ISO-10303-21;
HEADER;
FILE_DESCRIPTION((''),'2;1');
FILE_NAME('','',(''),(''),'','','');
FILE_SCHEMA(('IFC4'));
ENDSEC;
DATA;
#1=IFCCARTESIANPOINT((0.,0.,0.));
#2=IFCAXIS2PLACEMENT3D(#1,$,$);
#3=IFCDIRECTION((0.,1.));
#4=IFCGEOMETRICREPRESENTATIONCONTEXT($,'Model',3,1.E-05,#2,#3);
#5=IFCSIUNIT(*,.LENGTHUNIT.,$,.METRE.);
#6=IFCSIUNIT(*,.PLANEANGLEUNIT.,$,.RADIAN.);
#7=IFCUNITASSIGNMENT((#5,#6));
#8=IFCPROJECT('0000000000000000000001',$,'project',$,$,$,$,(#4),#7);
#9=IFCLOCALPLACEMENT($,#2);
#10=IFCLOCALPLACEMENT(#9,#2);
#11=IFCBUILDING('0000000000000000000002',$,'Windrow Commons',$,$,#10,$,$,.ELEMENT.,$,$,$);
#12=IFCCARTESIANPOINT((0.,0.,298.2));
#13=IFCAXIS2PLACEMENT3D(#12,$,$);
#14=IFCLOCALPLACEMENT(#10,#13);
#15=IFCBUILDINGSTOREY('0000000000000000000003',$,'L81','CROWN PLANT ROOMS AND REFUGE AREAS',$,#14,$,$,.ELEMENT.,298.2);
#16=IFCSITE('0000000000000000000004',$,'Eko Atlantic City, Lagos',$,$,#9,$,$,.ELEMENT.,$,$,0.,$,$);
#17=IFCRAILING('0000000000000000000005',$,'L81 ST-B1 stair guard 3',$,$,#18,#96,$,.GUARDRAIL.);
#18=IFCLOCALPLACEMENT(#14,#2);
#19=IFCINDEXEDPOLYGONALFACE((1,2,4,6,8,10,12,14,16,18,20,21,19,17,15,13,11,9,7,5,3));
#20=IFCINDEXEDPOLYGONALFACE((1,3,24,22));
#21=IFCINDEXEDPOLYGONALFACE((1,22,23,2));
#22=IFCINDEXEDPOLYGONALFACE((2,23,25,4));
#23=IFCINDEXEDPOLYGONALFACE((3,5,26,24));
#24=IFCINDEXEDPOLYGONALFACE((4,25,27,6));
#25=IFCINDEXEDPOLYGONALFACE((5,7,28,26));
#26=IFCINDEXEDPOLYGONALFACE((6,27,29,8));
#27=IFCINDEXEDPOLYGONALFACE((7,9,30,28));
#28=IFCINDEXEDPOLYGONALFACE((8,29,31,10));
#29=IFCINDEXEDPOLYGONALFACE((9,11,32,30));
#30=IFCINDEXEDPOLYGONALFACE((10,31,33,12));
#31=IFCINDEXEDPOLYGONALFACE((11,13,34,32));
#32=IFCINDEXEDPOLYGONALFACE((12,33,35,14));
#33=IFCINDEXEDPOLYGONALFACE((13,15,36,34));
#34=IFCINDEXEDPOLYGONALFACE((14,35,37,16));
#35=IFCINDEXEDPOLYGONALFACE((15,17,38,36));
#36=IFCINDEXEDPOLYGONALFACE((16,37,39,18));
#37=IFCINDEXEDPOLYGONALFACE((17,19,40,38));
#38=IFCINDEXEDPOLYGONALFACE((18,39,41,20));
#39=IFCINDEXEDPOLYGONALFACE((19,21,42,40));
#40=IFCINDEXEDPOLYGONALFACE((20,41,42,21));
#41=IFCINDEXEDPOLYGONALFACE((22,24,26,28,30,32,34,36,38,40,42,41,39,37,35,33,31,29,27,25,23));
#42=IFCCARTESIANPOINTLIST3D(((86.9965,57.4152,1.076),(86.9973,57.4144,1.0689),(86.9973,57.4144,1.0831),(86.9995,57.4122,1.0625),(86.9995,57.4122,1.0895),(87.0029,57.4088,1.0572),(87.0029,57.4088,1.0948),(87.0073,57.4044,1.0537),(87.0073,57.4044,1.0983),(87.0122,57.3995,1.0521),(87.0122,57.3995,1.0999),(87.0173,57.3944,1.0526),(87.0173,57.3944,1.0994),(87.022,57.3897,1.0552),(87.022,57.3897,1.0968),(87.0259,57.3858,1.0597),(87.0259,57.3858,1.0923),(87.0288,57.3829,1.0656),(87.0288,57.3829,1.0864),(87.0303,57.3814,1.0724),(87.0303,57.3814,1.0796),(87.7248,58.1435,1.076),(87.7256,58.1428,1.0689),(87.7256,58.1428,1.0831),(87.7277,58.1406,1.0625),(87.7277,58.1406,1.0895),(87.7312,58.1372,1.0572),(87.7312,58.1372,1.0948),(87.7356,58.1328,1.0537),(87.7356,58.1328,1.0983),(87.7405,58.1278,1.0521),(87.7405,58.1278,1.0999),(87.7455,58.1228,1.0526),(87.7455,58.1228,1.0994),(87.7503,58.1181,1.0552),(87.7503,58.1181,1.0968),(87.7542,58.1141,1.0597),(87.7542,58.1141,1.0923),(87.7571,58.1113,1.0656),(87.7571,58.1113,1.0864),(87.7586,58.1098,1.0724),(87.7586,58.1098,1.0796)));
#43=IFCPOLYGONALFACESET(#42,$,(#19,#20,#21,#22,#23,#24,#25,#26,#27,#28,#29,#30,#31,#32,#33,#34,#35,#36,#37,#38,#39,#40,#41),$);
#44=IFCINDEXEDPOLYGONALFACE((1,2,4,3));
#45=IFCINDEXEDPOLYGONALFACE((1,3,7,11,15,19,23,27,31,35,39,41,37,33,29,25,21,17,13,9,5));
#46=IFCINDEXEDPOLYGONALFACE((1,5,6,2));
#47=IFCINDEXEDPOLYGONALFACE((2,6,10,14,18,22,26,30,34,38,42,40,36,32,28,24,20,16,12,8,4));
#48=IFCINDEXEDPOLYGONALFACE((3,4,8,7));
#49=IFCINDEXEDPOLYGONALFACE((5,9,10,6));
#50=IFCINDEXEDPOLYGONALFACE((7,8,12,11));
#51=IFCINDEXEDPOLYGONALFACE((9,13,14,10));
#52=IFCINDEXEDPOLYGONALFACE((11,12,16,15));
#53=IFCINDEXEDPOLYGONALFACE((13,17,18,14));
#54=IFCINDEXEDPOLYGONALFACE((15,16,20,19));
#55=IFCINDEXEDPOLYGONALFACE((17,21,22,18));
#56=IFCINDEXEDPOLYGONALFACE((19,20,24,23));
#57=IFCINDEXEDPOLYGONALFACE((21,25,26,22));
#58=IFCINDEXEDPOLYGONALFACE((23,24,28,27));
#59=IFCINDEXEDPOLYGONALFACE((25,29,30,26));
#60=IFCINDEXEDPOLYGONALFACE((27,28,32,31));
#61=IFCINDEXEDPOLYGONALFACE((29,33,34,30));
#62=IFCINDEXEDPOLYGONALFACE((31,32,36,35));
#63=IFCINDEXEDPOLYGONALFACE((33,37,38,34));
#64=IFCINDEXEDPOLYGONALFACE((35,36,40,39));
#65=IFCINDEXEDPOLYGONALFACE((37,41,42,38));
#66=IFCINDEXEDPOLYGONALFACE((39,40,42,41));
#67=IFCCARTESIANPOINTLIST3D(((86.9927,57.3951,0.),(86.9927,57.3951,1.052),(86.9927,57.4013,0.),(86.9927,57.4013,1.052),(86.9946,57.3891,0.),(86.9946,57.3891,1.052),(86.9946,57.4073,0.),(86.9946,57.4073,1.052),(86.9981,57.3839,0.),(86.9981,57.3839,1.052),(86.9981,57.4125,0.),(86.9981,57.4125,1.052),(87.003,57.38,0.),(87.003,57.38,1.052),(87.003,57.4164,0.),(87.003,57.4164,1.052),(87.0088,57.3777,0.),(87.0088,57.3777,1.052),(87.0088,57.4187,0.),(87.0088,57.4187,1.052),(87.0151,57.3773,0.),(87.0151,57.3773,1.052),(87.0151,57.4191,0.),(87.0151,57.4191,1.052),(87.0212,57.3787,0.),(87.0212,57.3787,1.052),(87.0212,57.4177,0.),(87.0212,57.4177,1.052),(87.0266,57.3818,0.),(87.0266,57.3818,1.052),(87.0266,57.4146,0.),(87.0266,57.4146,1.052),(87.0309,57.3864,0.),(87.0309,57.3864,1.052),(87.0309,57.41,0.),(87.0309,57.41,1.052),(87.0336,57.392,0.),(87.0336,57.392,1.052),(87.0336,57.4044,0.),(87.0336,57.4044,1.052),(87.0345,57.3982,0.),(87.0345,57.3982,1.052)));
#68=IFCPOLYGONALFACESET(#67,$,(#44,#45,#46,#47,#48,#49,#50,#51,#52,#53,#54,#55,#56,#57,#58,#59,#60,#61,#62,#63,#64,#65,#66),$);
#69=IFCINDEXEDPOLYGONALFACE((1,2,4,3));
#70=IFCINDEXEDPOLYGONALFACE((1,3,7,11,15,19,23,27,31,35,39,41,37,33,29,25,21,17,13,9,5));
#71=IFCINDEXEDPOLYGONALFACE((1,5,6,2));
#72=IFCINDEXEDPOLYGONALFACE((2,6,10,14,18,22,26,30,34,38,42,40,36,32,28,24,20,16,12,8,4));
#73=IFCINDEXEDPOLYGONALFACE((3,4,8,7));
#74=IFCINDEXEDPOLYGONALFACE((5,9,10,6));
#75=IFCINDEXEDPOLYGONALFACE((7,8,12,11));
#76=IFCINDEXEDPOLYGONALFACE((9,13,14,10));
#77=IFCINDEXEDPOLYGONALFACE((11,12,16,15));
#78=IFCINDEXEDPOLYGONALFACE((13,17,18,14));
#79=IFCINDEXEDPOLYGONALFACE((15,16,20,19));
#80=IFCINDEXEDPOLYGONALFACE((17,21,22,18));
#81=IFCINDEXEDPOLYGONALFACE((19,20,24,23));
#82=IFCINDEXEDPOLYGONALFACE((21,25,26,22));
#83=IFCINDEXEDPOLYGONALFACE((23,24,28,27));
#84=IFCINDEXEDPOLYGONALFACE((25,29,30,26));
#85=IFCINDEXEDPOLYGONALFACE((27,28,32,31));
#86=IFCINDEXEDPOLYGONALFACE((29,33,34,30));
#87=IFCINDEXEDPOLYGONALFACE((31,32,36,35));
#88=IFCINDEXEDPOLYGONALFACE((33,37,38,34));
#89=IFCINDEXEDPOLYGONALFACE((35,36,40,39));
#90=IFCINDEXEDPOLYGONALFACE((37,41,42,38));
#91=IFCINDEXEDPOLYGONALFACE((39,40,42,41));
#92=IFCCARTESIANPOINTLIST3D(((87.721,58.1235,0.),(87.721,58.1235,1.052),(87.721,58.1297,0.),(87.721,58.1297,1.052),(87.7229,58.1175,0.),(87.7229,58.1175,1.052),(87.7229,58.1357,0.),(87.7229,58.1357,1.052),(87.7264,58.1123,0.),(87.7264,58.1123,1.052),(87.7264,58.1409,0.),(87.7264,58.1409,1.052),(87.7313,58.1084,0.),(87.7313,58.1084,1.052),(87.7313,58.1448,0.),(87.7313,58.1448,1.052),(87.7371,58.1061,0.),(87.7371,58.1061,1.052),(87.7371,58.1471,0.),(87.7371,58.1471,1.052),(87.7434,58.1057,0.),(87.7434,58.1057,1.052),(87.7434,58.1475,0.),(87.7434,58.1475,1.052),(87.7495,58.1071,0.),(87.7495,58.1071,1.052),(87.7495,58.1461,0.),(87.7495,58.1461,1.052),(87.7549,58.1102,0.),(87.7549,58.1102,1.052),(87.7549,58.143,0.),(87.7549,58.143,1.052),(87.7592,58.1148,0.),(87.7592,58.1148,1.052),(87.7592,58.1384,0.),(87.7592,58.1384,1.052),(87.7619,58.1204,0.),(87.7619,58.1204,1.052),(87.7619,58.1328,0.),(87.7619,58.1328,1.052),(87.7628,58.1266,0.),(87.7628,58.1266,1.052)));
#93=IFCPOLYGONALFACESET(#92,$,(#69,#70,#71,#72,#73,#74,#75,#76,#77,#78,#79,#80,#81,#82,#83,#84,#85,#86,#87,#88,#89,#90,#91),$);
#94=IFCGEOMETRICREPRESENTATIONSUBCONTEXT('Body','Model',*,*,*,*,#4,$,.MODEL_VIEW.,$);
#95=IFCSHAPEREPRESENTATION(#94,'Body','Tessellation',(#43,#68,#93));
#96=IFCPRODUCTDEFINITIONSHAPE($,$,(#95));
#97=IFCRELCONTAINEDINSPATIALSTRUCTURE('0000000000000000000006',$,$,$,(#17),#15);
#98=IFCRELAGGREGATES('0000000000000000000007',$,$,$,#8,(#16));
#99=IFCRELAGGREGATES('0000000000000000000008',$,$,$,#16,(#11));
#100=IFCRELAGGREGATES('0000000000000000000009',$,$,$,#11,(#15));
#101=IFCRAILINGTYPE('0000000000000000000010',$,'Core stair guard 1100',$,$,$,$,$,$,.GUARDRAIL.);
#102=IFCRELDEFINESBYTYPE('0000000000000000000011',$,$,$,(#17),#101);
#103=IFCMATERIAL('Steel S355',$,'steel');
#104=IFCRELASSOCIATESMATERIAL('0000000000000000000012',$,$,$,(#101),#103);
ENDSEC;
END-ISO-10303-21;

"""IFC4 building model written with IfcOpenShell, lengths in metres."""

from ifc_helpers import new_model, si_unit, direction, frame, origin, origin_2d, place, context, subcontext, project, spatial, circle, extrude, material, type_object, element, save


model = new_model("IFC4")

# Units and contexts
model_context = context("Model", 3, precision=1e-05, world=origin(), true_north=direction((0.0, 1.0)))
body_context = subcontext(model_context, "Body", "Model", "MODEL_VIEW")
ifc_project = project(units=[si_unit("LENGTHUNIT", "METRE"), si_unit("PLANEANGLEUNIT", "RADIAN")], contexts=[model_context])

# Site, building, storey
site_placement = place(None, origin())
site = spatial("IfcSite", under=ifc_project, at=site_placement, Name="Eko Atlantic City, Lagos", CompositionType="ELEMENT", RefElevation=0.0)
building_placement = place(site_placement, origin())
building = spatial("IfcBuilding", under=site, at=building_placement, Name="Windrow Commons", CompositionType="ELEMENT")
storey_placement = place(building_placement, frame((0.0, 0.0, 298.2)))
storey = spatial("IfcBuildingStorey", under=building, at=storey_placement, Name="L81", Description="CROWN PLANT ROOMS AND REFUGE AREAS", CompositionType="ELEMENT", Elevation=298.2)

# Railing
ifc_material_1 = material(Name="Steel S355", Category="steel")
railing_type = type_object("IfcRailingType", Name="Core stair guard 1100", PredefinedType="GUARDRAIL", material=ifc_material_1)
railing_placement = place(storey_placement, frame((87.0135, 57.3982, 0.0)))
element("IfcRailing", 1, at=railing_placement, inside=storey, type_object=railing_type, Name="L81 ST-B1 stair guard 3", PredefinedType="GUARDRAIL", context=body_context, shape_type="SweptSolid", body=[
    extrude(circle(Radius=0.024, at=origin_2d()), frame((0.0, 0.0, 1.076), z_axis=(0.707058, 0.707155, 0.0), x_axis=(-0.707155, 0.707058, 0.0)), (0.0, 0.0, 1.0), 1.03),
    extrude(circle(Radius=0.021, at=origin_2d()), origin(), (0.0, 0.0, 1.0), 1.052),
    extrude(circle(Radius=0.021, at=origin_2d()), frame((0.7283, 0.7284, 0.0)), (0.0, 0.0, 1.0), 1.052),
])

save(model, "model.ifc")
